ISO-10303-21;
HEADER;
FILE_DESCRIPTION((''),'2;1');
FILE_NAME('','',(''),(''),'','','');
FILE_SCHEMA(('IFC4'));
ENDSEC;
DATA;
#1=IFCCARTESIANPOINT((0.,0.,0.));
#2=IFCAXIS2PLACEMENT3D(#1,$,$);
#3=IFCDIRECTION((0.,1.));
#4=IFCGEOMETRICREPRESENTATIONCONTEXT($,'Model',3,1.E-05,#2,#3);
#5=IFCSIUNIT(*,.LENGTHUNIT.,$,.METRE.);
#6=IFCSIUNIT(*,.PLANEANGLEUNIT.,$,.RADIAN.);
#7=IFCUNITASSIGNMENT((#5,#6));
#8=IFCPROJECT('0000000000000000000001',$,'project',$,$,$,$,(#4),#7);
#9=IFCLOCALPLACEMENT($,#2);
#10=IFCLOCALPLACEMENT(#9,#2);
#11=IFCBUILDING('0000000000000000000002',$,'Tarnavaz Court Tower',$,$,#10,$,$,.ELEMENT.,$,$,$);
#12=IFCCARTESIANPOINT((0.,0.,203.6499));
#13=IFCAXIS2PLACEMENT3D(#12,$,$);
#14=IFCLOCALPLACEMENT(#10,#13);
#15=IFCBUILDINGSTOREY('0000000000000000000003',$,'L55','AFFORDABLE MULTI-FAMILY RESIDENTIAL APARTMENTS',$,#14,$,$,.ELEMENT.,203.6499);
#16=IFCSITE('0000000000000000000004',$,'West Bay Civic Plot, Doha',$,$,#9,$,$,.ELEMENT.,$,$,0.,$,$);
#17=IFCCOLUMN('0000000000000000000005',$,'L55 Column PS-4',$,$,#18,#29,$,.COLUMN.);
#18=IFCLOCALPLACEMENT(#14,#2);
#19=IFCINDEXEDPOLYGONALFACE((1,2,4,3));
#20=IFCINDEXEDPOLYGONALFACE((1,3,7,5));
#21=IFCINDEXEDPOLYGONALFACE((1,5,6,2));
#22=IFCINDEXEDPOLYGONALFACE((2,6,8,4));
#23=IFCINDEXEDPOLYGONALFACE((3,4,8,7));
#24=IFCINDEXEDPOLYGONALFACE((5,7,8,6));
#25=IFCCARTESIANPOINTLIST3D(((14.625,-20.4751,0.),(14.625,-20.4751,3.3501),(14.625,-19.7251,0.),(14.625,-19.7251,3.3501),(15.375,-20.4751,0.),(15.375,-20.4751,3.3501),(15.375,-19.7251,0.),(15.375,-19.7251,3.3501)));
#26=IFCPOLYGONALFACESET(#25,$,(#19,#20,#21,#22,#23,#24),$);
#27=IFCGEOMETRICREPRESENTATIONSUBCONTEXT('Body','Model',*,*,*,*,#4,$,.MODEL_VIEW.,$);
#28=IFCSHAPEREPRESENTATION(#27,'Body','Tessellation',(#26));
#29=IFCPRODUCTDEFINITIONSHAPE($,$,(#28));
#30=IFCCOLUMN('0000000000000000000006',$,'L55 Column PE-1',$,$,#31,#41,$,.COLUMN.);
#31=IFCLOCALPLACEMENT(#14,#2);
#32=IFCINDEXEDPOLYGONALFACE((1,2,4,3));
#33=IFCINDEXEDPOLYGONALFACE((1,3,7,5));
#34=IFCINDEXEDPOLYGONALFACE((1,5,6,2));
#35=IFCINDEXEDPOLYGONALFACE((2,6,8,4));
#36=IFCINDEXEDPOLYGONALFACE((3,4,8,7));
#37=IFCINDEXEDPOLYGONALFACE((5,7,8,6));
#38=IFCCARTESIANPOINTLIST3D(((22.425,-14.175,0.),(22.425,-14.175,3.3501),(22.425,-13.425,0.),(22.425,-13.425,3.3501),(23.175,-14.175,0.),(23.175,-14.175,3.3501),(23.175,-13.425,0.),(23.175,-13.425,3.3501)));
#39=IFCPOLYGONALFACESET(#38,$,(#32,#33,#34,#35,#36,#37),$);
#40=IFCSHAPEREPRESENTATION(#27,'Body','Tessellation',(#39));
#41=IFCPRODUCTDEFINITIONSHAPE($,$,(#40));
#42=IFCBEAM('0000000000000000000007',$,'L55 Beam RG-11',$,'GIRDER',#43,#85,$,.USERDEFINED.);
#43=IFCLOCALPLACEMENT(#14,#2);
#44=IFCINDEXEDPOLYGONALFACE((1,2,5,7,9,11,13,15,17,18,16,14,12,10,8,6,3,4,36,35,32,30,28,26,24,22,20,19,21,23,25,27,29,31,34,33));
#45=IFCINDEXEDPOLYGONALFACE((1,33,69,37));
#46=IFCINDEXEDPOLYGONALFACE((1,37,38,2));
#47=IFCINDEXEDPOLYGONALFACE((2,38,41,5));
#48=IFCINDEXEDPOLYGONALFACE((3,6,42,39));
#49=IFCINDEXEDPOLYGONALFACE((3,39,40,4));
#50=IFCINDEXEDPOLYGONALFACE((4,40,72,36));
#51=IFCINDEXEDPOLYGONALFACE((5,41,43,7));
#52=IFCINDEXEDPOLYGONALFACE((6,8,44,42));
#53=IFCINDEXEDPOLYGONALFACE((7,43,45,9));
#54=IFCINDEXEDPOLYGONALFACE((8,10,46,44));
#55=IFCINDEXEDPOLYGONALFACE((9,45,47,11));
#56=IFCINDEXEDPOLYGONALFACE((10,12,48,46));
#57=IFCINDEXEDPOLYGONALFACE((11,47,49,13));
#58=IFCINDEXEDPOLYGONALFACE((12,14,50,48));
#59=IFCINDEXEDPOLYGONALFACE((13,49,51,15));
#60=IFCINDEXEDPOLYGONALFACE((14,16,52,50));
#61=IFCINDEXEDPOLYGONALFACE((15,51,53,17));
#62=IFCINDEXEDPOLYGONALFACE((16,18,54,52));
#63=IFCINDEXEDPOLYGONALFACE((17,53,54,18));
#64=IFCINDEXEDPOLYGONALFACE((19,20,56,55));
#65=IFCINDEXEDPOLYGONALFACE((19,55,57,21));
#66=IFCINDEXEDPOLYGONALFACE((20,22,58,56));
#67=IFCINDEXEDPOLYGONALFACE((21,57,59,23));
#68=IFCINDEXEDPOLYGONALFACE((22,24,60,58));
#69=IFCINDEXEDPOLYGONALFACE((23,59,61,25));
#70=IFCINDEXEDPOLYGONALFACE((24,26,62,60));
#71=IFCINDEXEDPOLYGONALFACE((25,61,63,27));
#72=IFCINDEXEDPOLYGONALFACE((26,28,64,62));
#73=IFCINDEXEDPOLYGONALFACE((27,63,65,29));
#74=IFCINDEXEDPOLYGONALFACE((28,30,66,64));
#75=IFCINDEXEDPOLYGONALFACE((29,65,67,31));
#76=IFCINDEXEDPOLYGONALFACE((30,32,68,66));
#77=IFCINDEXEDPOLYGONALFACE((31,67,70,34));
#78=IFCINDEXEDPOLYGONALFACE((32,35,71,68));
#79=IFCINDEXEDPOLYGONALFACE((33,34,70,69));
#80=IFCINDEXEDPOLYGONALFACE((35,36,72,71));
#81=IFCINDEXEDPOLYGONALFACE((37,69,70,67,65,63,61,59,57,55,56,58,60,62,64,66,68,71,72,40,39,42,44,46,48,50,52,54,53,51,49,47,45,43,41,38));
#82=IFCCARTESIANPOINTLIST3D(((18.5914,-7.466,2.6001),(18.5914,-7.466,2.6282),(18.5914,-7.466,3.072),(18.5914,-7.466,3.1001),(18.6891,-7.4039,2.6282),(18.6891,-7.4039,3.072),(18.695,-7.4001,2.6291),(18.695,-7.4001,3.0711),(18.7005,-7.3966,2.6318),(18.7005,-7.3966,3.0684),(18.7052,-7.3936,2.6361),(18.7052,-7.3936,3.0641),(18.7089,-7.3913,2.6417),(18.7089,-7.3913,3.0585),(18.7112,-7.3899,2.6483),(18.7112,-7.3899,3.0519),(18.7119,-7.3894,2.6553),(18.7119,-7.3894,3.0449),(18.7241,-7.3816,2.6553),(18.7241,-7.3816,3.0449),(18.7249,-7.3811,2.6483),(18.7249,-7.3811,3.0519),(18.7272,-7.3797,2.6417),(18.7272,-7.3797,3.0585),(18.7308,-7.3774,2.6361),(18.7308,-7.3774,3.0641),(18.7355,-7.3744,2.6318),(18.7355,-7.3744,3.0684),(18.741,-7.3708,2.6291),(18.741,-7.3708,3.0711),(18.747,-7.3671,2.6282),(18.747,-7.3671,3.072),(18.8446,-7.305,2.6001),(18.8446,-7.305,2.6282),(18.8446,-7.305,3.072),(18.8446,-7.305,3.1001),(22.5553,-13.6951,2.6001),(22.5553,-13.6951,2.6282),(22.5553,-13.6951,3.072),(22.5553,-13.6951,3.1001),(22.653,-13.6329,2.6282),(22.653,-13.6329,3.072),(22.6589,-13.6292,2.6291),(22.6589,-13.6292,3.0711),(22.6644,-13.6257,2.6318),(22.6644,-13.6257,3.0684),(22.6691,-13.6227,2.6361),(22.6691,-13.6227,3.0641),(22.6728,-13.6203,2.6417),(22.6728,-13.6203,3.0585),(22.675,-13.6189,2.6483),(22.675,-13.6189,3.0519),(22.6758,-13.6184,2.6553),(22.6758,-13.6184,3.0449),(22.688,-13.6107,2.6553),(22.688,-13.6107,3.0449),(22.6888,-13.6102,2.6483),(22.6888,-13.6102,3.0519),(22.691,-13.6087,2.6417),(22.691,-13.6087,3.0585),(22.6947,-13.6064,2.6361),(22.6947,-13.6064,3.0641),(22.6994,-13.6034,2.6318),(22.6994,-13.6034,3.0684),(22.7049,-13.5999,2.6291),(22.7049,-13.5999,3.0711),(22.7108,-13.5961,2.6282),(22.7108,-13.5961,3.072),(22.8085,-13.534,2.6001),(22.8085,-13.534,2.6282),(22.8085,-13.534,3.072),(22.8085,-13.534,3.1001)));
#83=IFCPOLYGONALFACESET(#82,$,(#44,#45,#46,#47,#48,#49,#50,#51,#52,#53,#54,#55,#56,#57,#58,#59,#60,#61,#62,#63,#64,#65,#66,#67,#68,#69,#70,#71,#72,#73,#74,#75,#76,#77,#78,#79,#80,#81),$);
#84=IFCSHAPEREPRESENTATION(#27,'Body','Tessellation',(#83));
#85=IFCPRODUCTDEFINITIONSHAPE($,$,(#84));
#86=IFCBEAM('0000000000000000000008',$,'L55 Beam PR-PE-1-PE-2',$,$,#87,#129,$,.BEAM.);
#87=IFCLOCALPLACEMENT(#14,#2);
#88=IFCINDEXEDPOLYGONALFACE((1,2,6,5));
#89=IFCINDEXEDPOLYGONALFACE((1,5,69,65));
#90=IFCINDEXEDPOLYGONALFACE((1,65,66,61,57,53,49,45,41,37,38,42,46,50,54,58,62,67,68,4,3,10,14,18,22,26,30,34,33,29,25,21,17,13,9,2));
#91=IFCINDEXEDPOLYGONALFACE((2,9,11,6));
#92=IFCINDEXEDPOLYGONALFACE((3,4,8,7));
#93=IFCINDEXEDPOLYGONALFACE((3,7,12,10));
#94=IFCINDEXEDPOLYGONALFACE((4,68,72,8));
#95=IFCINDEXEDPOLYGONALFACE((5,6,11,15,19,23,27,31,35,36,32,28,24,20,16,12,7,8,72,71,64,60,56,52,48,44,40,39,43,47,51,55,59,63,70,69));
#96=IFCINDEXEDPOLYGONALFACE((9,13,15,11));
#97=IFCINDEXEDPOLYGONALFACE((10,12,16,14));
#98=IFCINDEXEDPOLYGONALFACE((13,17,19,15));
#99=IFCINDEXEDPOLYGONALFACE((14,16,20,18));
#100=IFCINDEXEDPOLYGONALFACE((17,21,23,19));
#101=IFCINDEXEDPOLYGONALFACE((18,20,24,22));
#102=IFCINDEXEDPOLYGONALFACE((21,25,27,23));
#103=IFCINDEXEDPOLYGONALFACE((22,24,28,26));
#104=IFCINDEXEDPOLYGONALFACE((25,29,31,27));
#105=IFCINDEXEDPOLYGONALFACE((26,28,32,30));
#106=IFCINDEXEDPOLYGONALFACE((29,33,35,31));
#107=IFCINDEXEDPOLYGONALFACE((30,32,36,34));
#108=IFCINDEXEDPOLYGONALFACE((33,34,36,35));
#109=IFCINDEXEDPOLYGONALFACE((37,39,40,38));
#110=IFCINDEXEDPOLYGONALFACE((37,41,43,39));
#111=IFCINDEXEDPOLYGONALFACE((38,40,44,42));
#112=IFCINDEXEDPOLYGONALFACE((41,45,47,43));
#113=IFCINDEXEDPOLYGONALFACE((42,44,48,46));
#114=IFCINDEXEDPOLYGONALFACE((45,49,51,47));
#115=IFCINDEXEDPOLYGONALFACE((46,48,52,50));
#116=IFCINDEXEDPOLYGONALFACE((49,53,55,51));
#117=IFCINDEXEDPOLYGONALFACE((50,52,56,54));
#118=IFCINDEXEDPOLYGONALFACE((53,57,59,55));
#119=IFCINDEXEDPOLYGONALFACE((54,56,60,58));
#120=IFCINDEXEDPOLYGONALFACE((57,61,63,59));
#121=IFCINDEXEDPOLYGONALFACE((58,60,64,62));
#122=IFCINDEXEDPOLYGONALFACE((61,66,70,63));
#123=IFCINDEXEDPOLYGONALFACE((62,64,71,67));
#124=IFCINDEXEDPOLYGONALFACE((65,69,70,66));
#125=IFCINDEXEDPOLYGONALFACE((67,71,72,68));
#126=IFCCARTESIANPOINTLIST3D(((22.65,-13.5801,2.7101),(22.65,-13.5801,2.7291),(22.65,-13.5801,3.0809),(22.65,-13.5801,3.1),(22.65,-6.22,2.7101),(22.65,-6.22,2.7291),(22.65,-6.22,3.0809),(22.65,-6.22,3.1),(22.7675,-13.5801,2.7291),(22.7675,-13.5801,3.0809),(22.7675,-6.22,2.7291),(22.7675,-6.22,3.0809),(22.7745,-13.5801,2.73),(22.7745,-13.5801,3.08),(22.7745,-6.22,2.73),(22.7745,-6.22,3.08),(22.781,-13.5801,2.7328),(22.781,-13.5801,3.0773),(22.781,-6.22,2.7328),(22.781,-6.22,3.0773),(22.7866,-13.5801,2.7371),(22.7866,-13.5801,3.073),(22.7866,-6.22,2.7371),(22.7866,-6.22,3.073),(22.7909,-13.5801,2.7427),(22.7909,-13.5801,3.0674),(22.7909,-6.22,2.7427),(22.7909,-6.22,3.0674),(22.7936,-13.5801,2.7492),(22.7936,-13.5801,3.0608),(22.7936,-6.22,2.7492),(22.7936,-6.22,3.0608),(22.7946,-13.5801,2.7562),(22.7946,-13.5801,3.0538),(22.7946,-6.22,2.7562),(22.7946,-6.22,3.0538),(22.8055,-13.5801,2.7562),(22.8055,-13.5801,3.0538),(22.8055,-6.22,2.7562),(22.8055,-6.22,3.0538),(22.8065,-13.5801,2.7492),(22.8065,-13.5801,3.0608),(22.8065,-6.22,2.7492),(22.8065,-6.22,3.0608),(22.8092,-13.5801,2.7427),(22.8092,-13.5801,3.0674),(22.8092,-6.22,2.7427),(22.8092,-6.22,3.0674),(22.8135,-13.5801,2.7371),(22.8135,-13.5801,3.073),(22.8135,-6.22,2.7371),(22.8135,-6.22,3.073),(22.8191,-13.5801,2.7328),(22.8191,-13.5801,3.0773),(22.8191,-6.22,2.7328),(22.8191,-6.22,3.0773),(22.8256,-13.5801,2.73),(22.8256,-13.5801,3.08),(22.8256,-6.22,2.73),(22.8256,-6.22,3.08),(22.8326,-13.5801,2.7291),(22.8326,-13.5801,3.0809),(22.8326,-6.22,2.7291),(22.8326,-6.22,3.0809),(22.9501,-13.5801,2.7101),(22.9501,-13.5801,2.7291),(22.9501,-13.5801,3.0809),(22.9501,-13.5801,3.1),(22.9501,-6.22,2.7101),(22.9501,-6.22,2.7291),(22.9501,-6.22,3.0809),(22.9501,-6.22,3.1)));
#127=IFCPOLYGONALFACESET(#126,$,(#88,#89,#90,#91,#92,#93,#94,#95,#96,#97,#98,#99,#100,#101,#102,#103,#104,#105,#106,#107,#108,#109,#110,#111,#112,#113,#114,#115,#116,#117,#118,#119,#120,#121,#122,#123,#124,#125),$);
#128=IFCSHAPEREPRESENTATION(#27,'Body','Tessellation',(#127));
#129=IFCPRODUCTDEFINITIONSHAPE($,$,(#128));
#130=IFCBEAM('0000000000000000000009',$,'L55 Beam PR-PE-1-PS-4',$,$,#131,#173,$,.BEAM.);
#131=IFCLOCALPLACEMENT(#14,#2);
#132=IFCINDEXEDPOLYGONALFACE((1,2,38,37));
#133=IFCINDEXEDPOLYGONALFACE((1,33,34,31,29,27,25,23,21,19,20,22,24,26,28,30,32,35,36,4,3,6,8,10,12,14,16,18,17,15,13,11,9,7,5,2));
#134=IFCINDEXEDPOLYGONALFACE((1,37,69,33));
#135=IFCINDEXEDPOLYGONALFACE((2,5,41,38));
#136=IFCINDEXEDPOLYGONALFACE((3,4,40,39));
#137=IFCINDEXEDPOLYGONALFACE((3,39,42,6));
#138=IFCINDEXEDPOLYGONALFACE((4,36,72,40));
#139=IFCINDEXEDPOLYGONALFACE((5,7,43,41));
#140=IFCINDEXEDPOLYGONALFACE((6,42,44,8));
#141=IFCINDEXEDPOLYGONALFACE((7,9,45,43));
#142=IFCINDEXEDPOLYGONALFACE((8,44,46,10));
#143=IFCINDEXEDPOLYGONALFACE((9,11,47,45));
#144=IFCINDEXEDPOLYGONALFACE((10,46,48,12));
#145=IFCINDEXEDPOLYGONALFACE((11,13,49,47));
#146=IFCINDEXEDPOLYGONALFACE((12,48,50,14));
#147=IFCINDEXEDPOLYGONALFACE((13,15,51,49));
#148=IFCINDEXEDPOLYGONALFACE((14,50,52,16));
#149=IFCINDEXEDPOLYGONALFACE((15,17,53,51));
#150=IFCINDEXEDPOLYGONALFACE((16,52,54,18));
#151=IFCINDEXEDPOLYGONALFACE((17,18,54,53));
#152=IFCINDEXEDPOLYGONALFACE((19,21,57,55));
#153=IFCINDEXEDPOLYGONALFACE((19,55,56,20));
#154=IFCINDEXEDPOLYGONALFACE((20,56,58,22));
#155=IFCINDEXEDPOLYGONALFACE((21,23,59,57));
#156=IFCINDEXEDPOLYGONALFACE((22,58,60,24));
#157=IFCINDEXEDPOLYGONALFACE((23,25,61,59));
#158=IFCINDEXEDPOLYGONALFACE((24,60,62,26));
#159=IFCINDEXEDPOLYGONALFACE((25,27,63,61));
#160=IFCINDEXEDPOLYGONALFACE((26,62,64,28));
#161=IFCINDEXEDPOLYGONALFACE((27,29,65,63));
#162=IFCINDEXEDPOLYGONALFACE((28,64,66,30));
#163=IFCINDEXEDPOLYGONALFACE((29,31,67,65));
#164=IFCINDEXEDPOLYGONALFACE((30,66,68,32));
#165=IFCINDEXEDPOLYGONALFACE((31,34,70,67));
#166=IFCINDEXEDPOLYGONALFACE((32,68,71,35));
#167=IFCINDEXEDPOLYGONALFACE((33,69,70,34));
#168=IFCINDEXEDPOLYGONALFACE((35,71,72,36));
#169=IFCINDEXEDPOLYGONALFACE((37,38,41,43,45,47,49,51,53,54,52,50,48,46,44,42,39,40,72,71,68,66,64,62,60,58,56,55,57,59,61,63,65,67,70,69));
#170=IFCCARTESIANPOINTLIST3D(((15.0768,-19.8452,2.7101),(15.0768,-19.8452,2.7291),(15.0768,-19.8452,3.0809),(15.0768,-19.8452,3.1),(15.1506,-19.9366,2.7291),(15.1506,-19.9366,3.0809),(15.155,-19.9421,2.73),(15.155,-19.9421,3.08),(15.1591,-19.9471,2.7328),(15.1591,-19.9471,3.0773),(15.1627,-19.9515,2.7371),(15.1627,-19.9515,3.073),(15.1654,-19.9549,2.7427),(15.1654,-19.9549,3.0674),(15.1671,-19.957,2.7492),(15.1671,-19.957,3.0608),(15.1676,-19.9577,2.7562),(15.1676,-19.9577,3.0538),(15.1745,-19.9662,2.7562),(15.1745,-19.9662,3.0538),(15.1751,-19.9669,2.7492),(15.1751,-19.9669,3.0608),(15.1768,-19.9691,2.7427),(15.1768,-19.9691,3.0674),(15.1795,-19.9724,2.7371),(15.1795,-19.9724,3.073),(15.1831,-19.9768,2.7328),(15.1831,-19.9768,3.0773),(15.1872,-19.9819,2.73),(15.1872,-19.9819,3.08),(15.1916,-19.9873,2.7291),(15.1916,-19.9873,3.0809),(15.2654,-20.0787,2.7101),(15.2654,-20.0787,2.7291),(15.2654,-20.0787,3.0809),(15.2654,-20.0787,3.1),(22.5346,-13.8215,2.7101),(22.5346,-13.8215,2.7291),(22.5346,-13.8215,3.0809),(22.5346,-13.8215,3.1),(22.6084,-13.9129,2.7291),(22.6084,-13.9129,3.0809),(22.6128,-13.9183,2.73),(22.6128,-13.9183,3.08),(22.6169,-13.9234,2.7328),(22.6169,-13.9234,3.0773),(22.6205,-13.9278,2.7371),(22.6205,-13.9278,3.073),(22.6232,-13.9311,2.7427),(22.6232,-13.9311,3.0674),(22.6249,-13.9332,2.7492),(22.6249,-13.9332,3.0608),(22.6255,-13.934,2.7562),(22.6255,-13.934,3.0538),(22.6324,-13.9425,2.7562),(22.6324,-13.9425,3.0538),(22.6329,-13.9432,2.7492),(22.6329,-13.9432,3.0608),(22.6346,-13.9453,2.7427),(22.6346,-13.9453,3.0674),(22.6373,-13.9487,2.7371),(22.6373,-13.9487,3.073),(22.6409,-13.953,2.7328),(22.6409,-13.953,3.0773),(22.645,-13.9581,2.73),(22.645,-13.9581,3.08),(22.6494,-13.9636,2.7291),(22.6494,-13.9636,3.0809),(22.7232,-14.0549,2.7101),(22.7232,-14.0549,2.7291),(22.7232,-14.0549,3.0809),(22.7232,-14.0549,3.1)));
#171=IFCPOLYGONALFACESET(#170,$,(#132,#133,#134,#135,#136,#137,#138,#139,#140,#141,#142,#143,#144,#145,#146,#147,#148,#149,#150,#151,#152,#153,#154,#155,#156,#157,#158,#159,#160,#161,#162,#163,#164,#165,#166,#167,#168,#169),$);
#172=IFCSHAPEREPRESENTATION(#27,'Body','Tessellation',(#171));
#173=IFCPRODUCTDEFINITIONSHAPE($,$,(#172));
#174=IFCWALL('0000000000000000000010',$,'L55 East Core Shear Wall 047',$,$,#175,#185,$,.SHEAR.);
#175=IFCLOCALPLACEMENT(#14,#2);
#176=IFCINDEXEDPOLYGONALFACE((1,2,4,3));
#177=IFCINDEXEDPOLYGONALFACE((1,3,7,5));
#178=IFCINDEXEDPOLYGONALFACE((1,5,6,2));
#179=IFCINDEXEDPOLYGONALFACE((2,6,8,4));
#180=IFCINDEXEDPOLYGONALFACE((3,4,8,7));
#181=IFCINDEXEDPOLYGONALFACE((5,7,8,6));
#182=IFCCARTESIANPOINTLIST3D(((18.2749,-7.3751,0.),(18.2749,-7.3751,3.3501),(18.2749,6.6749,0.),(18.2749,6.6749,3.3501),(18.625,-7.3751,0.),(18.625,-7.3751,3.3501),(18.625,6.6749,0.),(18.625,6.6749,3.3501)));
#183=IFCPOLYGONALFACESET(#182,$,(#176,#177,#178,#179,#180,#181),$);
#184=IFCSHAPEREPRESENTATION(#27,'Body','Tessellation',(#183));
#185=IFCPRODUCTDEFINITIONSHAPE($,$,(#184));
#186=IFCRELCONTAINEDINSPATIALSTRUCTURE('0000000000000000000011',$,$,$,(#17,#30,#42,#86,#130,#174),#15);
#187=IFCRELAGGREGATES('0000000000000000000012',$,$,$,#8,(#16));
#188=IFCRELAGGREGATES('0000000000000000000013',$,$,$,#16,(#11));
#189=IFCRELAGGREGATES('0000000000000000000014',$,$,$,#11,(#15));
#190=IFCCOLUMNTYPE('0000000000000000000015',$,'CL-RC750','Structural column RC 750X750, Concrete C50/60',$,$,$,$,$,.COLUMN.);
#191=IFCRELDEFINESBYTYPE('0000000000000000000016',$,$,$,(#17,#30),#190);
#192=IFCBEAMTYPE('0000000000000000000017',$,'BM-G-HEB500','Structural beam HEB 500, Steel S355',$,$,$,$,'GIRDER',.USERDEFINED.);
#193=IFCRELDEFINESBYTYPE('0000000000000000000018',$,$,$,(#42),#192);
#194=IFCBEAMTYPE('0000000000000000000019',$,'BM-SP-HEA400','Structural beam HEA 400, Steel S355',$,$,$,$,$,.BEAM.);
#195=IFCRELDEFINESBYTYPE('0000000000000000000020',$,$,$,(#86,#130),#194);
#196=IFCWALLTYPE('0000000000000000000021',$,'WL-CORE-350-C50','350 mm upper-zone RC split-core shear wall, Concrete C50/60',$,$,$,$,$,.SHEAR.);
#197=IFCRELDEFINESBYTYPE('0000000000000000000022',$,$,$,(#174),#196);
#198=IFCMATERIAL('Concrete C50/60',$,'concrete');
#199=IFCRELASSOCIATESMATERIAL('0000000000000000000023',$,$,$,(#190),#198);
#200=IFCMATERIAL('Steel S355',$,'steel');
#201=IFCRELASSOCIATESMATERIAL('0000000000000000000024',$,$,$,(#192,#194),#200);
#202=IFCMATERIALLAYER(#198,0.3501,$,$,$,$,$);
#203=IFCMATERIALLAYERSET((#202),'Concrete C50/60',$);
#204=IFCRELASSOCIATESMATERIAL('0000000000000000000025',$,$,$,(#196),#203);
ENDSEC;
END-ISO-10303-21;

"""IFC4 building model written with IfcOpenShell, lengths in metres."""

from ifc_helpers import new_model, si_unit, direction, frame, frame_2d, origin, origin_2d, place, context, subcontext, project, spatial, rectangle, i_section, extrude, material, layer, layer_set, material_profile, profile_set, type_object, element, save


model = new_model("IFC4")

# Units and contexts
model_context = context("Model", 3, precision=1e-05, world=origin(), true_north=direction((0.0, 1.0)))
body_context = subcontext(model_context, "Body", "Model", "MODEL_VIEW")
ifc_project = project(units=[si_unit("LENGTHUNIT", "METRE"), si_unit("PLANEANGLEUNIT", "RADIAN")], contexts=[model_context])

# Site, building, storey
site_placement = place(None, origin())
site = spatial("IfcSite", under=ifc_project, at=site_placement, Name="West Bay Civic Plot, Doha", CompositionType="ELEMENT", RefElevation=0.0)
building_placement = place(site_placement, origin())
building = spatial("IfcBuilding", under=site, at=building_placement, Name="Tarnavaz Court Tower", CompositionType="ELEMENT")
storey_placement = place(building_placement, frame((0.0, 0.0, 203.6499)))
storey = spatial("IfcBuildingStorey", under=building, at=storey_placement, Name="L55", Description="AFFORDABLE MULTI-FAMILY RESIDENTIAL APARTMENTS", CompositionType="ELEMENT", Elevation=203.6499)

# Columns
ifc_material_1 = material(Name="Concrete C50/60", Category="concrete")
ifc_material_profile_1 = material_profile(ifc_material_1, rectangle(XDim=0.75, YDim=0.75, at=origin_2d()), Name="RC 750X750")
ifc_profile_set_1 = profile_set([ifc_material_profile_1], Name="Concrete C50/60")
column_type = type_object("IfcColumnType", Name="CL-RC750", Description="Structural column RC 750X750, Concrete C50/60", PredefinedType="COLUMN", material=ifc_profile_set_1)
for number, where, z_axis, x_axis, name in (
    (1, (15.0, -20.1001, 0.0), (0.0, 0.0, 1.0), (1.0, 0.0, 0.0), "L55 Column PS-4"),
    (2, (22.8, -13.8, 0.0), (0.0, 0.0, 1.0), (1.0, 0.0, 0.0), "L55 Column PE-1"),
):
    element("IfcColumn", number, at=place(storey_placement, frame(where, z_axis=z_axis, x_axis=x_axis)), inside=storey, type_object=column_type, Name=name, PredefinedType="COLUMN", context=body_context, shape_type="SweptSolid", body=[
        extrude(rectangle(XDim=0.75, YDim=0.75, at=origin_2d()), origin(), (0.0, 0.0, 1.0), 3.3501),
    ])

# Beams
ifc_material_2 = material(Name="Steel S355", Category="steel")
ifc_material_profile_2 = material_profile(ifc_material_2, i_section(OverallWidth=0.3, OverallDepth=0.5, WebThickness=0.0144, FlangeThickness=0.0281, FilletRadius=0.0271, at=origin_2d()), Name="HEB 500")
ifc_profile_set_2 = profile_set([ifc_material_profile_2], Name="Steel S355")
beam_type_1 = type_object("IfcBeamType", Name="BM-G-HEB500", Description="Structural beam HEB 500, Steel S355", ElementType="GIRDER", PredefinedType="USERDEFINED", material=ifc_profile_set_2)
beam_1_placement = place(storey_placement, frame((18.718, -7.3855, 2.8501), z_axis=(0.536871, -0.843664, 0.0), x_axis=(0.843664, 0.536871, 0.0)))
element("IfcBeam", 3, at=beam_1_placement, inside=storey, type_object=beam_type_1, Name="L55 Beam RG-11", ObjectType="GIRDER", PredefinedType="USERDEFINED", context=body_context, shape_type="SweptSolid", body=[
    extrude(i_section(OverallWidth=0.3, OverallDepth=0.5, WebThickness=0.0144, FlangeThickness=0.0281, FilletRadius=0.0271, at=origin_2d()), origin(), (0.0, 0.0, 1.0), 7.3833),
])
ifc_material_profile_3 = material_profile(ifc_material_2, i_section(OverallWidth=0.3, OverallDepth=0.3899, WebThickness=0.011, FlangeThickness=0.019, FilletRadius=0.0271, at=origin_2d()), Name="HEA 400")
ifc_profile_set_3 = profile_set([ifc_material_profile_3], Name="Steel S355")
beam_type_2 = type_object("IfcBeamType", Name="BM-SP-HEA400", Description="Structural beam HEA 400, Steel S355", PredefinedType="BEAM", material=ifc_profile_set_3)
beam_2_placement = place(storey_placement, frame((22.8, -13.5801, 2.905), z_axis=(0.0, 1.0, 0.0), x_axis=(-1.0, 0.0, 0.0)))
element("IfcBeam", 4, at=beam_2_placement, inside=storey, type_object=beam_type_2, Name="L55 Beam PR-PE-1-PE-2", PredefinedType="BEAM", context=body_context, shape_type="SweptSolid", body=[
    extrude(i_section(OverallWidth=0.3, OverallDepth=0.3899, WebThickness=0.011, FlangeThickness=0.019, FilletRadius=0.0271, at=origin_2d()), origin(), (0.0, 0.0, 1.0), 7.3601),
])
beam_3_placement = place(storey_placement, frame((22.6289, -13.9382, 2.905), z_axis=(-0.777936, -0.628344, 0.0), x_axis=(0.628344, -0.777936, 0.0)))
element("IfcBeam", 5, at=beam_3_placement, inside=storey, type_object=beam_type_2, Name="L55 Beam PR-PE-1-PS-4", PredefinedType="BEAM", context=body_context, shape_type="SweptSolid", body=[
    extrude(i_section(OverallWidth=0.3, OverallDepth=0.3899, WebThickness=0.011, FlangeThickness=0.019, FilletRadius=0.0271, at=origin_2d()), origin(), (0.0, 0.0, 1.0), 9.5867),
])

# Wall
ifc_layer_1 = layer(ifc_material_1, 0.3501)
ifc_layer_set_1 = layer_set([ifc_layer_1], Name="Concrete C50/60")
wall_type_1 = type_object("IfcWallType", Name="WL-CORE-350-C50", Description="350 mm upper-zone RC split-core shear wall, Concrete C50/60", PredefinedType="SHEAR", material=ifc_layer_set_1)
wall_1_placement = place(storey_placement, frame((18.45, -7.375, 0.0), z_axis=(0.0, 0.0, 1.0), x_axis=(0.0, 1.0, 0.0)))
element("IfcWall", 6, at=wall_1_placement, inside=storey, type_object=wall_type_1, Name="L55 East Core Shear Wall 047", PredefinedType="SHEAR", context=body_context, shape_type="SweptSolid", body=[
    extrude(rectangle(XDim=14.05, YDim=0.3501, at=frame_2d((7.0249, 0.0))), origin(), (0.0, 0.0, 1.0), 3.3501),
])

save(model, "model.ifc")
